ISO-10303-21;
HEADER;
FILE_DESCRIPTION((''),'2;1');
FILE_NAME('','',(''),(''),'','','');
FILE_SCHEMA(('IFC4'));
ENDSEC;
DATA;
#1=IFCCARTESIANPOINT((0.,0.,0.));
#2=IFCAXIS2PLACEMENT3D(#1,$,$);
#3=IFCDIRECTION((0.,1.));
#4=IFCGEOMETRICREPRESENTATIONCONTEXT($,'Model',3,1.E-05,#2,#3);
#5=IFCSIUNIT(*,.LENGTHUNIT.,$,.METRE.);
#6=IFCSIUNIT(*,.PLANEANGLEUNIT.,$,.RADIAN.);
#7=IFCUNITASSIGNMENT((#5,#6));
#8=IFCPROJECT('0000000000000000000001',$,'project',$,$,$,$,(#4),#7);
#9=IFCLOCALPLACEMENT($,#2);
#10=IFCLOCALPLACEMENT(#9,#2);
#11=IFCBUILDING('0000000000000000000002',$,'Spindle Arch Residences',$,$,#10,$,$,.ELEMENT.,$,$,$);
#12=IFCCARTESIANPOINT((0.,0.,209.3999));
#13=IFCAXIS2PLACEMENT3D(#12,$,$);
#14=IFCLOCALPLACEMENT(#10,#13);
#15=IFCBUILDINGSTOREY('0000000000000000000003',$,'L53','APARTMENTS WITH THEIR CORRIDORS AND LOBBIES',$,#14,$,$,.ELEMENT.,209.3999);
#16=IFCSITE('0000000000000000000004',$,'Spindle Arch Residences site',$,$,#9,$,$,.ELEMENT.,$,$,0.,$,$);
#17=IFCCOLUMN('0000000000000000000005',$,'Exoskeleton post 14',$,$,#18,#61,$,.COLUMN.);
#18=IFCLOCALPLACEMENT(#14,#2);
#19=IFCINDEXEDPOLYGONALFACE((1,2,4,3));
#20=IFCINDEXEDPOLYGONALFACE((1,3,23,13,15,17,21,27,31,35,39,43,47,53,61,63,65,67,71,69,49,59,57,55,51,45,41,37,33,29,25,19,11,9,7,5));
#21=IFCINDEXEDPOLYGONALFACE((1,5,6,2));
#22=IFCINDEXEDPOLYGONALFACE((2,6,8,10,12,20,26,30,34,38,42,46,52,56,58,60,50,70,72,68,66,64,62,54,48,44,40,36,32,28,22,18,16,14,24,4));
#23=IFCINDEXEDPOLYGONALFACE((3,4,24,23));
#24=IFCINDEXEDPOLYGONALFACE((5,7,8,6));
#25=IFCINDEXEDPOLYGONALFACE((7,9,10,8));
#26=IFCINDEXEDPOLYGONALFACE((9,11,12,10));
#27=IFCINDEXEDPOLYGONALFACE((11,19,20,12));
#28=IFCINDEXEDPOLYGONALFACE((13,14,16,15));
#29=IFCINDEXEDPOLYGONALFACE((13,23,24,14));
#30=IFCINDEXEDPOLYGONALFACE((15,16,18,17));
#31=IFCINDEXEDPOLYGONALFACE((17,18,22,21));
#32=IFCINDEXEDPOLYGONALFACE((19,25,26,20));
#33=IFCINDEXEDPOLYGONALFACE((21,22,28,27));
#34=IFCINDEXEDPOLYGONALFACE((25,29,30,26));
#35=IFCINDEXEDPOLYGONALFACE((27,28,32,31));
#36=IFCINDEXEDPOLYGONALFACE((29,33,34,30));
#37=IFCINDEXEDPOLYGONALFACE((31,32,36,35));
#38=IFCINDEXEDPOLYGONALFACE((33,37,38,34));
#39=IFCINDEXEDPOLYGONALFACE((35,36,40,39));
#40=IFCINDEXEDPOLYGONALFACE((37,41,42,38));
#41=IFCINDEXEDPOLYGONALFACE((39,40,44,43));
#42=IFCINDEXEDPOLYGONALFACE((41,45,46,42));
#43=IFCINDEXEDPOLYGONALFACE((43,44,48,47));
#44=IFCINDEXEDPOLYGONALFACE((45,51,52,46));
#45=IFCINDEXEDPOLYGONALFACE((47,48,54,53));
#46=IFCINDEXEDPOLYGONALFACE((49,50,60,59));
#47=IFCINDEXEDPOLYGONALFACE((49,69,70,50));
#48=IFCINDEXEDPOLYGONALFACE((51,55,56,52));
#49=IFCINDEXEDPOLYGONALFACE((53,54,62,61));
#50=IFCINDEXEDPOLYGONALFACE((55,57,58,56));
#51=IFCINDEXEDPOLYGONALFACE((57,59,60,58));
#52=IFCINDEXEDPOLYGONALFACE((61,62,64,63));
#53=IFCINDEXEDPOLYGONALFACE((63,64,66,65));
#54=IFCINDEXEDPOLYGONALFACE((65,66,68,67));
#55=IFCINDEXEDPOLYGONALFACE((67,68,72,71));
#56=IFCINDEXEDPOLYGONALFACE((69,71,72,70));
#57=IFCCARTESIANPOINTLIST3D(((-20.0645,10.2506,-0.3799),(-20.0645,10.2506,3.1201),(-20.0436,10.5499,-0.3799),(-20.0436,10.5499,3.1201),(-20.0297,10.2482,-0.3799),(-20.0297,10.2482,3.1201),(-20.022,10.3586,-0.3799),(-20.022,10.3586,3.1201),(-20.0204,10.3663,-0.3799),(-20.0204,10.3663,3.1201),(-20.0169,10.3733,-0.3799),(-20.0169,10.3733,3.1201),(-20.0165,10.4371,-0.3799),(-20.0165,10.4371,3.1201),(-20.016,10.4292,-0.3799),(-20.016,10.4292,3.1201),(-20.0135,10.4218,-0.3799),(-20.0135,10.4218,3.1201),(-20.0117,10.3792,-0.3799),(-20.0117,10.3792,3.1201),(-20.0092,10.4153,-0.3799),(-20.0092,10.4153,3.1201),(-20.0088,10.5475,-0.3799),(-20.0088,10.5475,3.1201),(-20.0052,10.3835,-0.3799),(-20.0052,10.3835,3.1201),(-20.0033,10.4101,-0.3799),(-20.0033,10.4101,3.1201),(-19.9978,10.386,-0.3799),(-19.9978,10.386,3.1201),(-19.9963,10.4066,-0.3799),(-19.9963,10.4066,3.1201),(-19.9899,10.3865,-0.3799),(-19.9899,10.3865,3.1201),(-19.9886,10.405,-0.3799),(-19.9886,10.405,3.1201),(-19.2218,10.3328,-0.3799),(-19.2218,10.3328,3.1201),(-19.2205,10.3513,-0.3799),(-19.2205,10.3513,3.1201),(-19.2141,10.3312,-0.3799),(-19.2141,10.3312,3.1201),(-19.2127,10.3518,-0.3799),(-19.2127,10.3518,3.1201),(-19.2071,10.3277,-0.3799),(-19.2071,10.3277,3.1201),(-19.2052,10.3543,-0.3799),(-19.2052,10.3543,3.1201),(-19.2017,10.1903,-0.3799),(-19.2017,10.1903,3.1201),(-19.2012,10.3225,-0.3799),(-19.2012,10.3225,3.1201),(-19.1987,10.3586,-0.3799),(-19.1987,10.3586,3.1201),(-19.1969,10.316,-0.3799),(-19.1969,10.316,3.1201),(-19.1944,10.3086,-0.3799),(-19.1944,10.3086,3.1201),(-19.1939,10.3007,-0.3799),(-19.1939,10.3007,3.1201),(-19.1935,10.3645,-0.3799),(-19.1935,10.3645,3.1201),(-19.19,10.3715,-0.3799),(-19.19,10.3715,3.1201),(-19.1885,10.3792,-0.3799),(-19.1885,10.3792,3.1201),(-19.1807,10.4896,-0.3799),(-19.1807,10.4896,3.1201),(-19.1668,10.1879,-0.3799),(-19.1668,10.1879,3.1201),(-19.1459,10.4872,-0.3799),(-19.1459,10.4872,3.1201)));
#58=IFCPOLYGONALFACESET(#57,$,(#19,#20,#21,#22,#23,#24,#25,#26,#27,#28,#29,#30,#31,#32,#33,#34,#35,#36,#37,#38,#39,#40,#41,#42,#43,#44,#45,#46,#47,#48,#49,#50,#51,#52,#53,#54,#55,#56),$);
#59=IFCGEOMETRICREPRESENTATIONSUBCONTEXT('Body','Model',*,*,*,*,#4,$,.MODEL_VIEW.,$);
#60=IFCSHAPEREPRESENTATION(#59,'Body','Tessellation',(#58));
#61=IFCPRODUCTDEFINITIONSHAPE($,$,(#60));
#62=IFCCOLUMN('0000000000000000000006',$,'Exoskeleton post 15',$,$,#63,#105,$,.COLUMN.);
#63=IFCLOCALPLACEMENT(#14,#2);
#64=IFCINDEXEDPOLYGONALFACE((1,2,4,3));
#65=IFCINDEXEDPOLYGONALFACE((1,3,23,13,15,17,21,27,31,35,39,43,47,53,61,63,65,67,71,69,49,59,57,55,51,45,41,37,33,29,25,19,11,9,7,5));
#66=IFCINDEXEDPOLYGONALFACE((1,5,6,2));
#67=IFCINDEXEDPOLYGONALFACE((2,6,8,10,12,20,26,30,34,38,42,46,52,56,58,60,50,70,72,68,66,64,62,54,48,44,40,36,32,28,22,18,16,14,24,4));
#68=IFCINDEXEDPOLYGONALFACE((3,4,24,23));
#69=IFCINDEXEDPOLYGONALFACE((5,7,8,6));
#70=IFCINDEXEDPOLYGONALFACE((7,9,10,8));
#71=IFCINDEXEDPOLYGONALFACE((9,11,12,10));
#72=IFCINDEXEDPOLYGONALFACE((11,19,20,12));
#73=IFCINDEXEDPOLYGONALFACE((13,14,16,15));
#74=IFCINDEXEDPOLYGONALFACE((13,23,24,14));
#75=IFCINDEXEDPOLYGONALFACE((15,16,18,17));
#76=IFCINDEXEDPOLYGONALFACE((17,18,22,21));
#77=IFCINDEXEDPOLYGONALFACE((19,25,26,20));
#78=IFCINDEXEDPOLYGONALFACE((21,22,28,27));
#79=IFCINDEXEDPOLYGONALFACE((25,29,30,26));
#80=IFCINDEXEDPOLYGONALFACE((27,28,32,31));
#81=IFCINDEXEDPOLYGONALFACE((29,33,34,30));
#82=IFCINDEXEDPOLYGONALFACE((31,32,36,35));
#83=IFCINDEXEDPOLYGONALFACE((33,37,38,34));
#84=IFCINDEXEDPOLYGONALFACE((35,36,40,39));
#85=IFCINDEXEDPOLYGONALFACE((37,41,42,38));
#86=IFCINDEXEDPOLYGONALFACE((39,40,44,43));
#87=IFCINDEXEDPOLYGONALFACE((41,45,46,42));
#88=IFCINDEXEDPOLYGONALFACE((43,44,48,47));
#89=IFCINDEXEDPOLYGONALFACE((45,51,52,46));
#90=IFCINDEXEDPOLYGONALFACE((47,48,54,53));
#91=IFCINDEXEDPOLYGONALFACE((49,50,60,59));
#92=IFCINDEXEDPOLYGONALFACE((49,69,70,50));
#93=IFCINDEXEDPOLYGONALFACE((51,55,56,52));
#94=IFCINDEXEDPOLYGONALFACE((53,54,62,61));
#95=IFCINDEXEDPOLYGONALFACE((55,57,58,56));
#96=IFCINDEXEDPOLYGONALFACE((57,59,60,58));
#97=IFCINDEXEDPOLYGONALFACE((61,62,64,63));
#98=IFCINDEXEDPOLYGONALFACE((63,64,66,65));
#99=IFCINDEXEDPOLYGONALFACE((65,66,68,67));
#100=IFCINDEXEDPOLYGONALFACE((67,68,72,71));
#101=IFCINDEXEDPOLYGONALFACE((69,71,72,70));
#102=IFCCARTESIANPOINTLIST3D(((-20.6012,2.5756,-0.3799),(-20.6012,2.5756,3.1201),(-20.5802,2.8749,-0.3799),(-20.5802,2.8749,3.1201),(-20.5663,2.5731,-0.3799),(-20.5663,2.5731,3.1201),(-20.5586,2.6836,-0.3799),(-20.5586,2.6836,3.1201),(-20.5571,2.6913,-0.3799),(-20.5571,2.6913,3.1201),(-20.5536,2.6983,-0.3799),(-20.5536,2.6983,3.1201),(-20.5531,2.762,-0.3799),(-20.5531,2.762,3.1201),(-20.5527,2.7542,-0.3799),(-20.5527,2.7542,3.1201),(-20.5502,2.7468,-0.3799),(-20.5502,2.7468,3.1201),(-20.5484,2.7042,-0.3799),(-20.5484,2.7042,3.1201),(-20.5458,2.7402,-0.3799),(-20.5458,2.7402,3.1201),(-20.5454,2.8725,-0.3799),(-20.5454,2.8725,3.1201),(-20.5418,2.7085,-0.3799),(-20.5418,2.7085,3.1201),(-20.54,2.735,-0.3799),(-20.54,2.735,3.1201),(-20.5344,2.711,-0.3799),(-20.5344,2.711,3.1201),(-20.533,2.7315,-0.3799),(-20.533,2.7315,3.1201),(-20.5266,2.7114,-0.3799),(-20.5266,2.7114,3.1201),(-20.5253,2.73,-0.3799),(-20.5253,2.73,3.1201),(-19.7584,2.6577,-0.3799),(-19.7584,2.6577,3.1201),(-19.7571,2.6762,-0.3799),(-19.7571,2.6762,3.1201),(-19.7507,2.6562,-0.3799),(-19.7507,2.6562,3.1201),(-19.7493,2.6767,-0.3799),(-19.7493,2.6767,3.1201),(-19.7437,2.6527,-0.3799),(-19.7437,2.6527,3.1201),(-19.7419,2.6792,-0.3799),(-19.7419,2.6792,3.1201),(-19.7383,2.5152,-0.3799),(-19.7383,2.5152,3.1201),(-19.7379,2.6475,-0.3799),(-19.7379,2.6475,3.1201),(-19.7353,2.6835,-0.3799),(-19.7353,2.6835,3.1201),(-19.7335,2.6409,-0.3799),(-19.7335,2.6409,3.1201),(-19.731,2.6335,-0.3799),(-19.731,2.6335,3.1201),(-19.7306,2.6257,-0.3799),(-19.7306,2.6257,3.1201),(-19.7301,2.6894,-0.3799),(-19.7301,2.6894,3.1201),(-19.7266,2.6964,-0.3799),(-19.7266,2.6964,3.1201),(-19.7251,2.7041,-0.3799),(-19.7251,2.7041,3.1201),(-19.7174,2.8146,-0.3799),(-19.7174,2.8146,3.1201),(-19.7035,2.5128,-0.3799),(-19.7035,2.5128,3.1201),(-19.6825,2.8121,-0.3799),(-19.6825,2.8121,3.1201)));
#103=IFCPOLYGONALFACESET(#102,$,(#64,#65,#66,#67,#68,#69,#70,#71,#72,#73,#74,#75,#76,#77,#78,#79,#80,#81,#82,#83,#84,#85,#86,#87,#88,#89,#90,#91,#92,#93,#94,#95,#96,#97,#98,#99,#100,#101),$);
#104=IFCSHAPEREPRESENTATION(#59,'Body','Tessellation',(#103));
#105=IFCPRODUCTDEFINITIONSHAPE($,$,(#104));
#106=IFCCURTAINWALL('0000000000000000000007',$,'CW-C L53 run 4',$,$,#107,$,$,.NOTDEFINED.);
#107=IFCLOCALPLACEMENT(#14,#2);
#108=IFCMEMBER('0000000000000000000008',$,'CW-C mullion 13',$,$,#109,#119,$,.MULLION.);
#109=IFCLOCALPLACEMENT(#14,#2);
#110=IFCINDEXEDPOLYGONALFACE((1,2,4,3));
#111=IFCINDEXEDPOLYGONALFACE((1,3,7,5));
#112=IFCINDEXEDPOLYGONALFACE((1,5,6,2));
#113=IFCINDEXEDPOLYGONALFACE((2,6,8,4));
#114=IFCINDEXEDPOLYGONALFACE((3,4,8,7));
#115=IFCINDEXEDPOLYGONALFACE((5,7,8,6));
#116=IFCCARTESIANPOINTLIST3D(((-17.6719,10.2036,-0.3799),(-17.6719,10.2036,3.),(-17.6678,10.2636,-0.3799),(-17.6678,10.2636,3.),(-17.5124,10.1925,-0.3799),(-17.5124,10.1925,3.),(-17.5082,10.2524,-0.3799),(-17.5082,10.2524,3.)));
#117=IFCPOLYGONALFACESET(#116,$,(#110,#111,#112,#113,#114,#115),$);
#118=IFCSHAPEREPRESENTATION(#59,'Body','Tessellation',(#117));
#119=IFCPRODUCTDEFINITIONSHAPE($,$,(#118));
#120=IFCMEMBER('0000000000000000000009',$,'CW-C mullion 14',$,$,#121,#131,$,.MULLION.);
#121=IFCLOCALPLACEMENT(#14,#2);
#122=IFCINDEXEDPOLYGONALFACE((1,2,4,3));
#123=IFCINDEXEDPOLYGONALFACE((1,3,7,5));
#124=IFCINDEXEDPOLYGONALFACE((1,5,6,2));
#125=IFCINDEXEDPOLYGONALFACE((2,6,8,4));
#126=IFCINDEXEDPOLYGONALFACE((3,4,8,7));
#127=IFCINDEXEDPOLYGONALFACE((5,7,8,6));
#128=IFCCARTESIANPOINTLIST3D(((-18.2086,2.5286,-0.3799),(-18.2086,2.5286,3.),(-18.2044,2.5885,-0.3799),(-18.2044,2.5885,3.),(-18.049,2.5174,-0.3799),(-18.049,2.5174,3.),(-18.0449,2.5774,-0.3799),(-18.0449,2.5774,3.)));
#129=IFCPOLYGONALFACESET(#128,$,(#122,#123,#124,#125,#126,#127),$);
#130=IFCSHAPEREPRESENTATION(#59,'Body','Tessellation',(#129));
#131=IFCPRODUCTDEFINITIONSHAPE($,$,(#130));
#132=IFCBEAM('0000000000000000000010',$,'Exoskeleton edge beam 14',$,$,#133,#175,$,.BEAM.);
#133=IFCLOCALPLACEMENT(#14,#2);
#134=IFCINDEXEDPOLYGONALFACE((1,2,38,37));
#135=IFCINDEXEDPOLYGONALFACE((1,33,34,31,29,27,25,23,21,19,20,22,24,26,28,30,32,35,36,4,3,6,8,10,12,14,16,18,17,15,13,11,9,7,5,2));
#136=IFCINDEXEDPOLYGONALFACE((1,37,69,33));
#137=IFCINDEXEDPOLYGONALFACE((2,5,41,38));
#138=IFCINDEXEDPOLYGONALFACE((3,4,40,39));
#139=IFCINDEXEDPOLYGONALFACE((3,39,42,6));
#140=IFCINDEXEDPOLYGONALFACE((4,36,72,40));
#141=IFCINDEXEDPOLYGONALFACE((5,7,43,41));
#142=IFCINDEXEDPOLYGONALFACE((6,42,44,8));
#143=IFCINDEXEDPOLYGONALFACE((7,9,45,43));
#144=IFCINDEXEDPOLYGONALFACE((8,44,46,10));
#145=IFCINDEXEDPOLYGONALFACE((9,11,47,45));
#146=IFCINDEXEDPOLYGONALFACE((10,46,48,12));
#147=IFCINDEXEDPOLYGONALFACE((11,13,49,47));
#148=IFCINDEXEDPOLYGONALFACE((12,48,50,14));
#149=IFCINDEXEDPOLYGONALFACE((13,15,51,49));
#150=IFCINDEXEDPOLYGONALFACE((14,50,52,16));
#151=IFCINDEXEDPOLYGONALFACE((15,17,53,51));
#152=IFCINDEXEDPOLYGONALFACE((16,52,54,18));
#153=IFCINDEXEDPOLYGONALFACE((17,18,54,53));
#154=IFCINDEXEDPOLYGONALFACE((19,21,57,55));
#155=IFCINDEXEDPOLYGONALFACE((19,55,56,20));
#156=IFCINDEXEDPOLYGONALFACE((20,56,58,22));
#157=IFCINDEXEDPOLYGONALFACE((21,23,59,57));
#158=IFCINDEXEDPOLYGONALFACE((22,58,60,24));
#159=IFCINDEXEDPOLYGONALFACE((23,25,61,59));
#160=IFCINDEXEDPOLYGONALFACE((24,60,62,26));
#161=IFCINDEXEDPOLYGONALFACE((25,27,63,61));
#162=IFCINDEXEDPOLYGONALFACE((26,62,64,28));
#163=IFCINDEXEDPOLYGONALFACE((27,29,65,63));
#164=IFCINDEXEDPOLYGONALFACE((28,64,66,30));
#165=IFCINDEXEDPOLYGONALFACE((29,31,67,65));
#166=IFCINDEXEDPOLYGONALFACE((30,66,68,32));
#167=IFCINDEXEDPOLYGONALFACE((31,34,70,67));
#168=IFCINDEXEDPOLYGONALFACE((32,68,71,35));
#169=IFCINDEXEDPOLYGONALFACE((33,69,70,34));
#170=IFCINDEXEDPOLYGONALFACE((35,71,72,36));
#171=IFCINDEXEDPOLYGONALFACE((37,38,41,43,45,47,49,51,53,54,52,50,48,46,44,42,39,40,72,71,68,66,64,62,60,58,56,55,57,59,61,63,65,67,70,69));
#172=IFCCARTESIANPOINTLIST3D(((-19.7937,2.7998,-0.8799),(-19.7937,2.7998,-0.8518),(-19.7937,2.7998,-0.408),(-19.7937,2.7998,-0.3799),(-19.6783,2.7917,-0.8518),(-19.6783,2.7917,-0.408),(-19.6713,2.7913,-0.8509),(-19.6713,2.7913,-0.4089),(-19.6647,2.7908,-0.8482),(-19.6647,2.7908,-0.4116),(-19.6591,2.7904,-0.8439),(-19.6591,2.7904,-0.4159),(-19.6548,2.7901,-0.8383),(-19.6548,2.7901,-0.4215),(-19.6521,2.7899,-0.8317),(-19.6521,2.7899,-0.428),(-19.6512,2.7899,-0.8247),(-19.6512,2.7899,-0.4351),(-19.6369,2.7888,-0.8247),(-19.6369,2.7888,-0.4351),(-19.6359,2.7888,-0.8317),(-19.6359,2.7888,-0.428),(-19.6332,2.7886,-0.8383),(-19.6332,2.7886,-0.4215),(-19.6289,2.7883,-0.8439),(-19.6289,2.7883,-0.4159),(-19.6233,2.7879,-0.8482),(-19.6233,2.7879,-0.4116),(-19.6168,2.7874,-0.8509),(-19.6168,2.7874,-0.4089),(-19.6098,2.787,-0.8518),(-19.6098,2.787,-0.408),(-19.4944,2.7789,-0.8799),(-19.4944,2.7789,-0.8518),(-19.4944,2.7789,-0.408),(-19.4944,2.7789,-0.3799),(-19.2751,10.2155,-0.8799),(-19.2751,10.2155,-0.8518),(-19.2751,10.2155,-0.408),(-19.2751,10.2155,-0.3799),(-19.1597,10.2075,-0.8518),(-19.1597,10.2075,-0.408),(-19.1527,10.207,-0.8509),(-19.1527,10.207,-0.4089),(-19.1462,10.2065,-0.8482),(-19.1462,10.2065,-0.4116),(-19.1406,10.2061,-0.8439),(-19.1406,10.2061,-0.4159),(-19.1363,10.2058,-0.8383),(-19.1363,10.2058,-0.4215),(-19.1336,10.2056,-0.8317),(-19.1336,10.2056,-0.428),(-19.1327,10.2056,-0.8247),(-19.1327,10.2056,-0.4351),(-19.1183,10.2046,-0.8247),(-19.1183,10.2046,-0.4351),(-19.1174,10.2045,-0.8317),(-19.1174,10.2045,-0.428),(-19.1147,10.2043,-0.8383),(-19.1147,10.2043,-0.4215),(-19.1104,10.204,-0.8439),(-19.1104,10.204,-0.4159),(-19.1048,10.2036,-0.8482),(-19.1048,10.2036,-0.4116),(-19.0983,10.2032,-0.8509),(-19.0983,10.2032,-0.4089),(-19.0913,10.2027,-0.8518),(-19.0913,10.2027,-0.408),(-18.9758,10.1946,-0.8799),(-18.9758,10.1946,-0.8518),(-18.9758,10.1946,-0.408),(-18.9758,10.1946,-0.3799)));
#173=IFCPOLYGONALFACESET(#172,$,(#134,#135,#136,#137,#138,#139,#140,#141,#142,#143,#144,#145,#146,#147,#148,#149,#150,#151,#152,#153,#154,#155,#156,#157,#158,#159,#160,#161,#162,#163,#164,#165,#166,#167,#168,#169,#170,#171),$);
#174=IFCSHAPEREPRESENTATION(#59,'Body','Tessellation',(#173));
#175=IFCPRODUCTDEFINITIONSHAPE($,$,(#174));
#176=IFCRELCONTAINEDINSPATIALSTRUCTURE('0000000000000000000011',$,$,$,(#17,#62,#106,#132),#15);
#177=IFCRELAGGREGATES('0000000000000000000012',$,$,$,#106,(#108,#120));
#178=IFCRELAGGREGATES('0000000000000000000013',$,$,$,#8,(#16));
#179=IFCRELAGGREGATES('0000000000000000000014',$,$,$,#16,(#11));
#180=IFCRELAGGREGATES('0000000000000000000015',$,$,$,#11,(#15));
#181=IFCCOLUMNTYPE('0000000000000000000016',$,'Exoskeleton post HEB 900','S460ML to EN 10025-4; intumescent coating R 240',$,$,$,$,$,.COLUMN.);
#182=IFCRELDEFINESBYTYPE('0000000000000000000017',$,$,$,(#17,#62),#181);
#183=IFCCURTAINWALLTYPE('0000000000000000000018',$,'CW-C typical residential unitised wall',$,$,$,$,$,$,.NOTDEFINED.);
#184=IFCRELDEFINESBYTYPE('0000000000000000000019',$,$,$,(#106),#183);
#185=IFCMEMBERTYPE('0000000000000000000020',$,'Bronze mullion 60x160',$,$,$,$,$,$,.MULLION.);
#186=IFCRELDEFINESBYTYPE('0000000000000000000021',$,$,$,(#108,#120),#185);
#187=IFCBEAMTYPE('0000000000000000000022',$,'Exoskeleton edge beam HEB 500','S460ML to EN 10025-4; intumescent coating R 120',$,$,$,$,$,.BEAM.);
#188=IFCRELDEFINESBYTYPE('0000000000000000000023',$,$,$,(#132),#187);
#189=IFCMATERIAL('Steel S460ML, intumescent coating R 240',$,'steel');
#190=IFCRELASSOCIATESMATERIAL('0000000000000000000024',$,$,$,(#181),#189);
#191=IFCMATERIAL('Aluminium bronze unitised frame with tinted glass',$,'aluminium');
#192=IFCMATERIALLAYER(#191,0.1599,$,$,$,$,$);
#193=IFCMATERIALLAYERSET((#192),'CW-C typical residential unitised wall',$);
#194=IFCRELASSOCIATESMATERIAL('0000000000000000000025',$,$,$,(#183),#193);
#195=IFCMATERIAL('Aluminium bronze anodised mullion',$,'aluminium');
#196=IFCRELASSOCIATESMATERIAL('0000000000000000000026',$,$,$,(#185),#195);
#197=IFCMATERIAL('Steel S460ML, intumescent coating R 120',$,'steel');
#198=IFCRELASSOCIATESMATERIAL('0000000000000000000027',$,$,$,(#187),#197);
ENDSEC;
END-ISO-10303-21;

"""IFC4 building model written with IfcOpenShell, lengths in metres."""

from ifc_helpers import new_model, si_unit, direction, frame, origin, origin_2d, place, context, subcontext, project, spatial, rectangle, i_section, extrude, material, layer, layer_set, material_profile, profile_set, type_object, element, aggregate, save


model = new_model("IFC4")

# Units and contexts
model_context = context("Model", 3, precision=1e-05, world=origin(), true_north=direction((0.0, 1.0)))
body_context = subcontext(model_context, "Body", "Model", "MODEL_VIEW")
ifc_project = project(units=[si_unit("LENGTHUNIT", "METRE"), si_unit("PLANEANGLEUNIT", "RADIAN")], contexts=[model_context])

# Site, building, storey
site_placement = place(None, origin())
site = spatial("IfcSite", under=ifc_project, at=site_placement, Name="Spindle Arch Residences site", CompositionType="ELEMENT", RefElevation=0.0)
building_placement = place(site_placement, origin())
building = spatial("IfcBuilding", under=site, at=building_placement, Name="Spindle Arch Residences", CompositionType="ELEMENT")
storey_placement = place(building_placement, frame((0.0, 0.0, 209.3999)))
storey = spatial("IfcBuildingStorey", under=building, at=storey_placement, Name="L53", Description="APARTMENTS WITH THEIR CORRIDORS AND LOBBIES", CompositionType="ELEMENT", Elevation=209.3999)

# Columns
ifc_material_1 = material(Name="Steel S460ML, intumescent coating R 240", Category="steel")
ifc_material_profile_1 = material_profile(ifc_material_1, i_section(OverallWidth=0.3, OverallDepth=0.8999, WebThickness=0.0186, FlangeThickness=0.0349, FilletRadius=0.03, at=origin_2d()), Name="HEB 900")
ifc_profile_set_1 = profile_set([ifc_material_profile_1], Name="Steel S460ML, intumescent coating R 240")
column_type = type_object("IfcColumnType", Name="Exoskeleton post HEB 900", Description="S460ML to EN 10025-4; intumescent coating R 240", PredefinedType="COLUMN", material=ifc_profile_set_1)
for number, where, z_axis, x_axis, name in (
    (1, (-19.6052, 10.3689, -0.3799), (0.0, 0.0, 1.0), (0.069756, 0.997564, 0.0), "Exoskeleton post 14"),
    (2, (-20.1418, 2.6938, -0.3799), (0.0, 0.0, 1.0), (0.069756, 0.997564, 0.0), "Exoskeleton post 15"),
):
    element("IfcColumn", number, at=place(storey_placement, frame(where, z_axis=z_axis, x_axis=x_axis)), inside=storey, type_object=column_type, Name=name, PredefinedType="COLUMN", context=body_context, shape_type="SweptSolid", body=[
        extrude(i_section(OverallWidth=0.3, OverallDepth=0.8999, WebThickness=0.0186, FlangeThickness=0.0349, FilletRadius=0.03, at=origin_2d()), origin(), (0.0, 0.0, 1.0), 3.5),
    ])

# Curtain wall, members
ifc_material_2 = material(Name="Aluminium bronze unitised frame with tinted glass", Category="aluminium")
ifc_layer_1 = layer(ifc_material_2, 0.1599)
ifc_layer_set_1 = layer_set([ifc_layer_1], Name="CW-C typical residential unitised wall")
curtain_wall_type = type_object("IfcCurtainWallType", Name="CW-C typical residential unitised wall", PredefinedType="NOTDEFINED", material=ifc_layer_set_1)
curtain_wall_placement = place(storey_placement, origin())
curtain_wall = element("IfcCurtainWall", 3, at=curtain_wall_placement, inside=storey, type_object=curtain_wall_type, Name="CW-C L53 run 4", PredefinedType="NOTDEFINED")
ifc_material_3 = material(Name="Aluminium bronze anodised mullion", Category="aluminium")
ifc_material_profile_2 = material_profile(ifc_material_3, rectangle(XDim=0.1599, YDim=0.0601, at=origin_2d()), Name="MU 60x160")
ifc_profile_set_2 = profile_set([ifc_material_profile_2], Name="Aluminium bronze anodised mullion")
member_type = type_object("IfcMemberType", Name="Bronze mullion 60x160", PredefinedType="MULLION", material=ifc_profile_set_2)
member_1_placement = place(storey_placement, frame((-17.5901, 10.228, -0.3799), z_axis=(0.0, 0.0, 1.0), x_axis=(0.997564, -0.069756, 0.0)))
member_1 = element("IfcMember", 4, at=member_1_placement, type_object=member_type, Name="CW-C mullion 13", PredefinedType="MULLION", context=body_context, shape_type="SweptSolid", body=[
    extrude(rectangle(XDim=0.1599, YDim=0.0601, at=origin_2d()), origin(), (0.0, 0.0, 1.0), 3.3799),
])
member_2_placement = place(storey_placement, frame((-18.1267, 2.553, -0.3799), z_axis=(0.0, 0.0, 1.0), x_axis=(0.997564, -0.069756, 0.0)))
member_2 = element("IfcMember", 5, at=member_2_placement, type_object=member_type, Name="CW-C mullion 14", PredefinedType="MULLION", context=body_context, shape_type="SweptSolid", body=[
    extrude(rectangle(XDim=0.1599, YDim=0.0601, at=origin_2d()), origin(), (0.0, 0.0, 1.0), 3.3799),
])

# Beam
ifc_material_4 = material(Name="Steel S460ML, intumescent coating R 120", Category="steel")
ifc_material_profile_3 = material_profile(ifc_material_4, i_section(OverallWidth=0.3, OverallDepth=0.5, WebThickness=0.0144, FlangeThickness=0.0281, FilletRadius=0.0271, at=origin_2d()), Name="HEB 500")
ifc_profile_set_3 = profile_set([ifc_material_profile_3], Name="Steel S460ML, intumescent coating R 120")
beam_type_1 = type_object("IfcBeamType", Name="Exoskeleton edge beam HEB 500", Description="S460ML to EN 10025-4; intumescent coating R 120", PredefinedType="BEAM", material=ifc_profile_set_3)
beam_1_placement = place(storey_placement, frame((-19.1255, 10.2051, -0.6299), z_axis=(-0.069756, -0.997564, 0.0), x_axis=(0.997564, -0.069756, 0.0)))
element("IfcBeam", 6, at=beam_1_placement, inside=storey, type_object=beam_type_1, Name="Exoskeleton edge beam 14", PredefinedType="BEAM", context=body_context, shape_type="SweptSolid", body=[
    extrude(i_section(OverallWidth=0.3, OverallDepth=0.5, WebThickness=0.0144, FlangeThickness=0.0281, FilletRadius=0.0271, at=origin_2d()), origin(), (0.0, 0.0, 1.0), 7.4338),
])

aggregate(curtain_wall, [member_1, member_2])

save(model, "model.ifc")
